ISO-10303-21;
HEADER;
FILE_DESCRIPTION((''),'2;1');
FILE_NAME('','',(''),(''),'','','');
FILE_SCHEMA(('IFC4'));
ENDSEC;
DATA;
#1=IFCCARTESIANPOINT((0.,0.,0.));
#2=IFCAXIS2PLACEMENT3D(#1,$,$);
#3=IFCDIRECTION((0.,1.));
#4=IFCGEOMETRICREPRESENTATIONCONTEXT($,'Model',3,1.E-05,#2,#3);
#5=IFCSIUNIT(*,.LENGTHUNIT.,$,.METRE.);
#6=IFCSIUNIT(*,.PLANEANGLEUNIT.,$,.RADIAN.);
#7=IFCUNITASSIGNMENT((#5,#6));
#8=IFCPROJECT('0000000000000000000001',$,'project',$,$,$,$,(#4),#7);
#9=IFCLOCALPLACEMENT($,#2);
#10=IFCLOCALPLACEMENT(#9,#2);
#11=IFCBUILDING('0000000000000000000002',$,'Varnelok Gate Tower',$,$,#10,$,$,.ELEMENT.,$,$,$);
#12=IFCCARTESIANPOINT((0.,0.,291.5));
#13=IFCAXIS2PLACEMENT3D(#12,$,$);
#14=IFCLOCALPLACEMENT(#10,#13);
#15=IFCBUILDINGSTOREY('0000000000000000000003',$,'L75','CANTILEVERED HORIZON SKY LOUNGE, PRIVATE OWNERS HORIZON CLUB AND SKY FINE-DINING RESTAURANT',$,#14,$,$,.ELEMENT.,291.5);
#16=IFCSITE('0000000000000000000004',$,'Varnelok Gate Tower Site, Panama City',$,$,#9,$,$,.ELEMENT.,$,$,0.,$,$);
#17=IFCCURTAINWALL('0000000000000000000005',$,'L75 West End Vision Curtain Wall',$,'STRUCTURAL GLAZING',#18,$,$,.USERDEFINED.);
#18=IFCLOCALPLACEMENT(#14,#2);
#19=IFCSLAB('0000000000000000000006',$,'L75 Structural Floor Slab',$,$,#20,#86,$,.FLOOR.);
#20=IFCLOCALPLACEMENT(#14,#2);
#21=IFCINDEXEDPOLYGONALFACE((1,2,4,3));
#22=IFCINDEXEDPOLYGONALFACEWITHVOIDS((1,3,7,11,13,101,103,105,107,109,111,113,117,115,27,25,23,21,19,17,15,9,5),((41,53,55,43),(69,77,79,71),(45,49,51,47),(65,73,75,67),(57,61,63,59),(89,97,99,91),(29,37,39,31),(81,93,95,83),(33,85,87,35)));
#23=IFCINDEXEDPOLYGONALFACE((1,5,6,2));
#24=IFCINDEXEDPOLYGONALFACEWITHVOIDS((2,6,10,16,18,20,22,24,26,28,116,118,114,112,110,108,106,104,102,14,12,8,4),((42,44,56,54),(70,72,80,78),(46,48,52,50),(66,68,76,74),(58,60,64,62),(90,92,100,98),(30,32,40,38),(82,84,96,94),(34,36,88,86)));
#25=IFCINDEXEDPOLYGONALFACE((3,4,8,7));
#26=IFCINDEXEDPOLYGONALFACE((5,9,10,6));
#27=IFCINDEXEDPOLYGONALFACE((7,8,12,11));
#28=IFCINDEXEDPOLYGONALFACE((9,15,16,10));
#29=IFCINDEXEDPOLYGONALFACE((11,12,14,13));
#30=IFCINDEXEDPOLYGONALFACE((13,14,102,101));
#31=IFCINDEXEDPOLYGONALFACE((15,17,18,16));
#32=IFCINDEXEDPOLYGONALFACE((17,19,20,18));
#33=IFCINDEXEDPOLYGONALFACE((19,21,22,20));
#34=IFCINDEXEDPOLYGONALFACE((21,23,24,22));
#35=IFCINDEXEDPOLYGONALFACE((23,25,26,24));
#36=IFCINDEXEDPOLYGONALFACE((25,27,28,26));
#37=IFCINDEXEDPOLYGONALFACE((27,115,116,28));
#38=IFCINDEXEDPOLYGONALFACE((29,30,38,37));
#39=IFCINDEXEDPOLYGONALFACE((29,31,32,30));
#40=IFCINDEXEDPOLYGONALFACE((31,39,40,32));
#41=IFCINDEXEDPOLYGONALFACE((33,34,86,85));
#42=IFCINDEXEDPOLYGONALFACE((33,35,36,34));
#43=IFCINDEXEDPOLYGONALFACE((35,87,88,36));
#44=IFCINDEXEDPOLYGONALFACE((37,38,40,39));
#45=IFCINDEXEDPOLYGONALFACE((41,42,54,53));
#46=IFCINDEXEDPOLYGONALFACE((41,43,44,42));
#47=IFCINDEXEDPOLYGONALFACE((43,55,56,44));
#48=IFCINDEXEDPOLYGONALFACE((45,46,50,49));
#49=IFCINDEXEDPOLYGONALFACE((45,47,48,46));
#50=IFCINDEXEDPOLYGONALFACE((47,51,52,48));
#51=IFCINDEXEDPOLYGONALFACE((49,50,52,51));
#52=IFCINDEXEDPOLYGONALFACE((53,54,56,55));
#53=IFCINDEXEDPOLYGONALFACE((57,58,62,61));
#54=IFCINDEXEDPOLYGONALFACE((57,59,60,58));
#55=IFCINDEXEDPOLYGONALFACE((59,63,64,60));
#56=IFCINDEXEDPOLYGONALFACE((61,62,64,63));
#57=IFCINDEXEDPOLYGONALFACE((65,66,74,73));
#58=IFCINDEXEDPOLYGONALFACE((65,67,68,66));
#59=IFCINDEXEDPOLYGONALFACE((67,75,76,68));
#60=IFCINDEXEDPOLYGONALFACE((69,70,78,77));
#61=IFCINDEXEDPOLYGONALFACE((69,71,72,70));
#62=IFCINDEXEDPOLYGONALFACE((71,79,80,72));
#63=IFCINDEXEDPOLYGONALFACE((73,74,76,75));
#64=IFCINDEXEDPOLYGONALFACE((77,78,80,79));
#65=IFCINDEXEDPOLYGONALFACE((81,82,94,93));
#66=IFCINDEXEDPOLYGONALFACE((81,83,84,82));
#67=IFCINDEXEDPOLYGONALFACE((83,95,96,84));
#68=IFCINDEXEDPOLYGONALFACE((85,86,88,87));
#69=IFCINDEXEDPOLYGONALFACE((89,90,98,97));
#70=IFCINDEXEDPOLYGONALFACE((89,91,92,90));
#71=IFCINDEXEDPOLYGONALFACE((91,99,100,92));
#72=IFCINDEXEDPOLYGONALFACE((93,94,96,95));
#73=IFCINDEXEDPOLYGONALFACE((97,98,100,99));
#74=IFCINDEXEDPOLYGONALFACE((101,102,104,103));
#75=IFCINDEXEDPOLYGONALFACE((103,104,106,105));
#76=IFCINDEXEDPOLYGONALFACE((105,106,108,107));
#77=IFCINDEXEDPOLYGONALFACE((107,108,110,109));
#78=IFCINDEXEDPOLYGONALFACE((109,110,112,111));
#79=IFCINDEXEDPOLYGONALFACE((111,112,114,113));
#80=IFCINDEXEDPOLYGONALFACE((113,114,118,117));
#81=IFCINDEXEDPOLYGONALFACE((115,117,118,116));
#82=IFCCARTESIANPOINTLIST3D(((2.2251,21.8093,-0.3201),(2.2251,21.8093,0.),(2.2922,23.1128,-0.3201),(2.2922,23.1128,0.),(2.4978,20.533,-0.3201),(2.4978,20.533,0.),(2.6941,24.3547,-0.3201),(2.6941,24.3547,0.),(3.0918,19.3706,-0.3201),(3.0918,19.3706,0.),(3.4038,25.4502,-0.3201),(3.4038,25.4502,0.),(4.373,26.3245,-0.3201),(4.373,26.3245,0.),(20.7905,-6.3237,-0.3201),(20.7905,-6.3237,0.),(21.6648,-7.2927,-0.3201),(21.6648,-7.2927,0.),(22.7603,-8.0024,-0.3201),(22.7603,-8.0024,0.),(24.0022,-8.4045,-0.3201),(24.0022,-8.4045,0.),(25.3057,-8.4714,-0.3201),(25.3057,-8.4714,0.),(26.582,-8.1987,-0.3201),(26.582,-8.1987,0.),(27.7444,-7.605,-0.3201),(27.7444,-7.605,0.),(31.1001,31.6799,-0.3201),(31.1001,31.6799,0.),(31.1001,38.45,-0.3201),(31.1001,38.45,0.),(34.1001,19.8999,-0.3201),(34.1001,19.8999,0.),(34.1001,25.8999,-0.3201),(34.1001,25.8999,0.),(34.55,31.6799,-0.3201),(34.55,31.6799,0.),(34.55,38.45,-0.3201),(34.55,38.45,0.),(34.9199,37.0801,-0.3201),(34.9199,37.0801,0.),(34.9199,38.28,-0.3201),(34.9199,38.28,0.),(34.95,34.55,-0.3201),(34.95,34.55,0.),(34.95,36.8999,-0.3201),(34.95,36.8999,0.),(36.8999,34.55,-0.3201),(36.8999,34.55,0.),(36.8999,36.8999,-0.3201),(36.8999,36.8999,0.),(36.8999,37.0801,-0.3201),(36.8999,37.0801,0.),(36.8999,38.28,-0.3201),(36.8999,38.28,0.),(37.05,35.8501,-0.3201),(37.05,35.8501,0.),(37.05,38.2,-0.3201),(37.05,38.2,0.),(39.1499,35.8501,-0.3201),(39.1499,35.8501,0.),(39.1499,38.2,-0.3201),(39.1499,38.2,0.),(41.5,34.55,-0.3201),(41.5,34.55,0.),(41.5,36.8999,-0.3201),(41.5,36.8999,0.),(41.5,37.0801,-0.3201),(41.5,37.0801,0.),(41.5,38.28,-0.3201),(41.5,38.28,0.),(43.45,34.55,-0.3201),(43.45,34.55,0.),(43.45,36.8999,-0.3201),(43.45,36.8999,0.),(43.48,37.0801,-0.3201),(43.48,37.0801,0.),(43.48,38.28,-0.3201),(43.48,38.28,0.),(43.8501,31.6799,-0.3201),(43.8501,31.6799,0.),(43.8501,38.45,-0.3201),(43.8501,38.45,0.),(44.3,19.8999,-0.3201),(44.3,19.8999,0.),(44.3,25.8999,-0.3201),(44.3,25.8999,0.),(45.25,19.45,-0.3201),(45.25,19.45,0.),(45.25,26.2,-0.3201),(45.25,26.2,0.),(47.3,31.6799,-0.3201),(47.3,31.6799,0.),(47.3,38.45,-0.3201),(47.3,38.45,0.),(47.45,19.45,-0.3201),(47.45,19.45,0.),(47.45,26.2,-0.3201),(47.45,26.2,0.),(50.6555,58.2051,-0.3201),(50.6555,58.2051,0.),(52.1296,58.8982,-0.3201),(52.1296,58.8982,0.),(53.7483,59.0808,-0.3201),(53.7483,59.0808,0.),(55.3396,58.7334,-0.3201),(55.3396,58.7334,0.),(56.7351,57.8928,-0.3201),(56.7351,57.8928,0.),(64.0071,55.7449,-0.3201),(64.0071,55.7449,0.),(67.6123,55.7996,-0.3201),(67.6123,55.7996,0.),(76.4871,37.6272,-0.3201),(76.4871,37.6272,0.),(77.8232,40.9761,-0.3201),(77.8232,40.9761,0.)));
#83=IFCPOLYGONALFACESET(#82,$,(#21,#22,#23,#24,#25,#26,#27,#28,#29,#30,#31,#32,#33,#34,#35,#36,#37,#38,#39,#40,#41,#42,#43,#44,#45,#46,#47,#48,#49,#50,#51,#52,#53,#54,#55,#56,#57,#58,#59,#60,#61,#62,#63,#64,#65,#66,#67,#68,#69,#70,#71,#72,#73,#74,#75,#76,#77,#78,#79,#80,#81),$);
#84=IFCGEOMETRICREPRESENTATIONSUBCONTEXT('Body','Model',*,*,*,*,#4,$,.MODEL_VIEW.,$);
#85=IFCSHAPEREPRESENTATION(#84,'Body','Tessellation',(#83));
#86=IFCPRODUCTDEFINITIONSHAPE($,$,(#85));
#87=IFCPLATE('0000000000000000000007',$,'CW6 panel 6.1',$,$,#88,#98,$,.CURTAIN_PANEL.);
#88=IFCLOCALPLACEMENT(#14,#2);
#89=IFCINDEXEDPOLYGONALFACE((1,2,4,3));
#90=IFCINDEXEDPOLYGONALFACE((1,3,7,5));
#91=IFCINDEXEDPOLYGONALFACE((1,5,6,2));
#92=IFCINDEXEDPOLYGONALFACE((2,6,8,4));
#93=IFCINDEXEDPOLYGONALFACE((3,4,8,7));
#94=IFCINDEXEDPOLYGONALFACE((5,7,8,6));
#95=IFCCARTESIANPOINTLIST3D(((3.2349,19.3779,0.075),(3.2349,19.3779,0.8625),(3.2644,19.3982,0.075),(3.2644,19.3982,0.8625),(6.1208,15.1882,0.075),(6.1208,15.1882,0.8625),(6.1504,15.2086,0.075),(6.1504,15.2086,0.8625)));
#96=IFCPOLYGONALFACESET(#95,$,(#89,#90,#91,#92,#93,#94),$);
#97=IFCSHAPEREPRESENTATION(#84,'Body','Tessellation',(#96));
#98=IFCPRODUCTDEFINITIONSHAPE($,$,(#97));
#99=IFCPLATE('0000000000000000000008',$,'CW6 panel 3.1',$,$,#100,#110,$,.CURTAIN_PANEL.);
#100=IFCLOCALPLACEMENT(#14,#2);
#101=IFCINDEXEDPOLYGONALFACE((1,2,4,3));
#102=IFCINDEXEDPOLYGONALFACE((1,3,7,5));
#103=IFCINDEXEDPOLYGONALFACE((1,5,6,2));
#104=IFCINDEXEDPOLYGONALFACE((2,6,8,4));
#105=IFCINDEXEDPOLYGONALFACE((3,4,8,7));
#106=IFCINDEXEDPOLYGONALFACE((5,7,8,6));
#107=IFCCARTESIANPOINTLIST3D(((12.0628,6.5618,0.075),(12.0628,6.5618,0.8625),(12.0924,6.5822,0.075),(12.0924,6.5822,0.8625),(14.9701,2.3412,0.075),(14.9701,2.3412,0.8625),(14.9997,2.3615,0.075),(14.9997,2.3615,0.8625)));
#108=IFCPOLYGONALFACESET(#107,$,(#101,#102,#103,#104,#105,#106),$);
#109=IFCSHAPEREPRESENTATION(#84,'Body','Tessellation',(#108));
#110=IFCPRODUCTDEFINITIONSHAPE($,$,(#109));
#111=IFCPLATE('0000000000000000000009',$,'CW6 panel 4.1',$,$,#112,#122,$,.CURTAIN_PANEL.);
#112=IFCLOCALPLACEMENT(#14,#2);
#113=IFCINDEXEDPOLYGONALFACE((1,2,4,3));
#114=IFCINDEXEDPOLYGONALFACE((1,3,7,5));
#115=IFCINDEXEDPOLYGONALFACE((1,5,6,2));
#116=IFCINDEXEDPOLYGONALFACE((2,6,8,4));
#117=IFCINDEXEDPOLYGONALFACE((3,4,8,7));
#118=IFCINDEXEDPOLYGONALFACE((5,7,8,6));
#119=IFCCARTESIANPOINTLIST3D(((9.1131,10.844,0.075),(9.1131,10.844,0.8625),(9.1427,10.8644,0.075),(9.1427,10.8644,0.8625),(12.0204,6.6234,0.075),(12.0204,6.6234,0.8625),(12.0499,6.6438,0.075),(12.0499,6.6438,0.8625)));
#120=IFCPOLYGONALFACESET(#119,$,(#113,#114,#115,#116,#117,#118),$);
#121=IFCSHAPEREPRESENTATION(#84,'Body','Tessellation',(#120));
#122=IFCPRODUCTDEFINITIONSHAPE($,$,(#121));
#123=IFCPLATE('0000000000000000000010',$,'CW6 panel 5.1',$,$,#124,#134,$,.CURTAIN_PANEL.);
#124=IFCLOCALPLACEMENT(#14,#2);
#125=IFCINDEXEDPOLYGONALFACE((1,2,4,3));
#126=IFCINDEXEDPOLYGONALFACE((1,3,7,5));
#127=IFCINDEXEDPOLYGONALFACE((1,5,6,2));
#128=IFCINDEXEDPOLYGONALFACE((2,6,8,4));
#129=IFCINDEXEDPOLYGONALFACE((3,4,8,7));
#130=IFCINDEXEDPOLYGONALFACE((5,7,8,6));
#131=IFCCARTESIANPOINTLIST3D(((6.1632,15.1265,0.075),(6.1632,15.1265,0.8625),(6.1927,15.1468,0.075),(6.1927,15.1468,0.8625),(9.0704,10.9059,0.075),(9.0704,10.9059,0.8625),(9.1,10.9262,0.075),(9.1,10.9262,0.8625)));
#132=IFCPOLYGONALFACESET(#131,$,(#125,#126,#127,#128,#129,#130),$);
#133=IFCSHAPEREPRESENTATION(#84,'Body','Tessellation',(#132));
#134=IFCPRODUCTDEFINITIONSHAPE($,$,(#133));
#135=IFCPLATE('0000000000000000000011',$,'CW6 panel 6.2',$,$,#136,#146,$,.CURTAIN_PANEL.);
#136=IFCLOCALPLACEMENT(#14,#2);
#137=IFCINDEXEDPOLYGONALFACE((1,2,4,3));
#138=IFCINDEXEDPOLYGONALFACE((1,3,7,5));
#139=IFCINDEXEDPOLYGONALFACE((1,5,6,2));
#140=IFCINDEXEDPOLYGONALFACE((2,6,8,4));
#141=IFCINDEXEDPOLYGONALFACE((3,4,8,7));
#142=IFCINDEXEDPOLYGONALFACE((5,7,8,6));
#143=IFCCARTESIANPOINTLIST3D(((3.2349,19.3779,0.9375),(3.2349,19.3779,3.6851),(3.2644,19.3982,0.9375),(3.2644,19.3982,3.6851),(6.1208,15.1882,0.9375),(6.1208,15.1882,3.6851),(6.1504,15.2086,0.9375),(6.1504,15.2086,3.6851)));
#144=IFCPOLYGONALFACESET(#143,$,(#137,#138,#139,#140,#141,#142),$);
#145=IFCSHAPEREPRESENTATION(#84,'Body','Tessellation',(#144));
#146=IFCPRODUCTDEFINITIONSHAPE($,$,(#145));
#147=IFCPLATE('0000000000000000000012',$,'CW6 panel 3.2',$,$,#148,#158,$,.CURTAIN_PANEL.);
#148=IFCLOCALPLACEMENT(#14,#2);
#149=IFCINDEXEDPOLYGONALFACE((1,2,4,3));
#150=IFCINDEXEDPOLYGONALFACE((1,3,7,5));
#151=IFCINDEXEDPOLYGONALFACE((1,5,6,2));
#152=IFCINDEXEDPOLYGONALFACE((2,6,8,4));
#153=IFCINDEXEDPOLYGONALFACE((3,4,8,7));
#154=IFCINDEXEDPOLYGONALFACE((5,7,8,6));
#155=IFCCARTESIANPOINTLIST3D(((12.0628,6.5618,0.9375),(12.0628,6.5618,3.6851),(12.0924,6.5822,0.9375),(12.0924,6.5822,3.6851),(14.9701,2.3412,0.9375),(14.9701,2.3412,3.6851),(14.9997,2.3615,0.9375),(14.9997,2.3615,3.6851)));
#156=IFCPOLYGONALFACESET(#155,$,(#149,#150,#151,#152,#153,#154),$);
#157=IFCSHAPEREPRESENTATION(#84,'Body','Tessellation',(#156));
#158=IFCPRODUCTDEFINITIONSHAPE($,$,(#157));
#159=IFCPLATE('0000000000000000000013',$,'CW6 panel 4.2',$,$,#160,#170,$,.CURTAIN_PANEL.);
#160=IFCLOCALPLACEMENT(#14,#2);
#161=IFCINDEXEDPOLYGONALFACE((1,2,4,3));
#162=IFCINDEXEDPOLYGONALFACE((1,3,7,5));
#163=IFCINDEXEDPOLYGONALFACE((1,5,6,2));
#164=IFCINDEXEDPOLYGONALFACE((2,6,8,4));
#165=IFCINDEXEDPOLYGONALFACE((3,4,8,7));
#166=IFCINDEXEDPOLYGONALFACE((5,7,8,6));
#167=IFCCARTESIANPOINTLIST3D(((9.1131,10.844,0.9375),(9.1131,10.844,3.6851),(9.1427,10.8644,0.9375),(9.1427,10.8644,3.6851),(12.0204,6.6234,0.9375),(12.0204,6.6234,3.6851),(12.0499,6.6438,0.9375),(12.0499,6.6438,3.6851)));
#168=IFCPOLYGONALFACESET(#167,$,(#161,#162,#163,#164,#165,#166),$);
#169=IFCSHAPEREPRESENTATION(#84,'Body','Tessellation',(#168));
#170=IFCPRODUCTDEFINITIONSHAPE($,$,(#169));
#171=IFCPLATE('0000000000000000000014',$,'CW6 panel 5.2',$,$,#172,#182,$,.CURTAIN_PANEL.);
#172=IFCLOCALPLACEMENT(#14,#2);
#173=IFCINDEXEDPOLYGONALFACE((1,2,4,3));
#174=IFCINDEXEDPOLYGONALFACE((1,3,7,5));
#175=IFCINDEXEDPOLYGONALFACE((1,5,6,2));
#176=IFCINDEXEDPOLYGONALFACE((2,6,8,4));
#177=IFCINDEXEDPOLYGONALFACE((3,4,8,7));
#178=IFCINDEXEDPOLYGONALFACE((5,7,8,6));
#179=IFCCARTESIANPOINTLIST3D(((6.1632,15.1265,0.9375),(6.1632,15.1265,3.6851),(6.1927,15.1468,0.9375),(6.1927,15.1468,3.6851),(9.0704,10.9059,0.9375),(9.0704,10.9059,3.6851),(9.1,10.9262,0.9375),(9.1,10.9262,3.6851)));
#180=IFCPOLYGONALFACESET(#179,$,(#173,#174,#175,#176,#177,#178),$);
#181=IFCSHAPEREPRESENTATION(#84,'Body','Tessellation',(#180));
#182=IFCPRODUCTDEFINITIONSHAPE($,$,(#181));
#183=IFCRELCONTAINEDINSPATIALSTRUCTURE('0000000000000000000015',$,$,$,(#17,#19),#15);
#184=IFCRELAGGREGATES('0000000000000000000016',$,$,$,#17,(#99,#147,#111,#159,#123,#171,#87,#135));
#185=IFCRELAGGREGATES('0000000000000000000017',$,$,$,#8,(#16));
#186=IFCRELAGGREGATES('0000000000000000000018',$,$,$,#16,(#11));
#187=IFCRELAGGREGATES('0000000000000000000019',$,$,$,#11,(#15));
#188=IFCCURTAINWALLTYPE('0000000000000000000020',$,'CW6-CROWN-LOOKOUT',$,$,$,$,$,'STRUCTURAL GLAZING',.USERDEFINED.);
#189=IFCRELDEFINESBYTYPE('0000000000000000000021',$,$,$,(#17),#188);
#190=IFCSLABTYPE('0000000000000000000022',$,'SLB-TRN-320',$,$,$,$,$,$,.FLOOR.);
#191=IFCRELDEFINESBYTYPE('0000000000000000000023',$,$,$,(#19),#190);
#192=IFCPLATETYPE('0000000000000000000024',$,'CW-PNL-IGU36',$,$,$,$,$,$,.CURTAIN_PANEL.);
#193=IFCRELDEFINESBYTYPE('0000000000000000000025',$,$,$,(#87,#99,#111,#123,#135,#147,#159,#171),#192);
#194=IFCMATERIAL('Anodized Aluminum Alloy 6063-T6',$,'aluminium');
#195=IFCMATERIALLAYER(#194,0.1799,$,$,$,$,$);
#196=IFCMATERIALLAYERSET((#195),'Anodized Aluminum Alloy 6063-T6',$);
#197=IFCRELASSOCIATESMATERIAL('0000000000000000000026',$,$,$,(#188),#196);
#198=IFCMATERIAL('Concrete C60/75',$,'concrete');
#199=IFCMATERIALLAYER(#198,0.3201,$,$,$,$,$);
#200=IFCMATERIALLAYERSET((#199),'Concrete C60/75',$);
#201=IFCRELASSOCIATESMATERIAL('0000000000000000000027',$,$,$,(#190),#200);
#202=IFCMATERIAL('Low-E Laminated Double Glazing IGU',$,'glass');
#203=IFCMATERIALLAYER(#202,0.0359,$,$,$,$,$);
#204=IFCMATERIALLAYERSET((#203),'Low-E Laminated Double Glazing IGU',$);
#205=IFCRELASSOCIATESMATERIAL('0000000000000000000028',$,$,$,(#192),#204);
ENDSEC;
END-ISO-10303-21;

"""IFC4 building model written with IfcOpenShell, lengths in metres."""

from ifc_helpers import new_model, si_unit, direction, frame, origin, origin_2d, place, context, subcontext, project, spatial, polyline, rectangle, outline, extrude, source, transform, mapped, material, layer, layer_set, type_object, element, aggregate, save


model = new_model("IFC4")

# Units and contexts
model_context = context("Model", 3, precision=1e-05, world=origin(), true_north=direction((0.0, 1.0)))
body_context = subcontext(model_context, "Body", "Model", "MODEL_VIEW")
ifc_project = project(units=[si_unit("LENGTHUNIT", "METRE"), si_unit("PLANEANGLEUNIT", "RADIAN")], contexts=[model_context])

# Site, building, storey
site_placement = place(None, origin())
site = spatial("IfcSite", under=ifc_project, at=site_placement, Name="Varnelok Gate Tower Site, Panama City", CompositionType="ELEMENT", RefElevation=0.0)
building_placement = place(site_placement, origin())
building = spatial("IfcBuilding", under=site, at=building_placement, Name="Varnelok Gate Tower", CompositionType="ELEMENT")
storey_placement = place(building_placement, frame((0.0, 0.0, 291.5)))
storey = spatial("IfcBuildingStorey", under=building, at=storey_placement, Name="L75", Description="CANTILEVERED HORIZON SKY LOUNGE, PRIVATE OWNERS HORIZON CLUB AND SKY FINE-DINING RESTAURANT", CompositionType="ELEMENT", Elevation=291.5)

# Curtain wall
ifc_material_1 = material(Name="Anodized Aluminum Alloy 6063-T6", Category="aluminium")
ifc_layer_1 = layer(ifc_material_1, 0.1799)
ifc_layer_set_1 = layer_set([ifc_layer_1], Name="Anodized Aluminum Alloy 6063-T6")
curtain_wall_type = type_object("IfcCurtainWallType", Name="CW6-CROWN-LOOKOUT", ElementType="STRUCTURAL GLAZING", PredefinedType="USERDEFINED", material=ifc_layer_set_1)
curtain_wall_placement = place(storey_placement, origin())
curtain_wall = element("IfcCurtainWall", 1, at=curtain_wall_placement, inside=storey, type_object=curtain_wall_type, Name="L75 West End Vision Curtain Wall", ObjectType="STRUCTURAL GLAZING", PredefinedType="USERDEFINED")

# Slab
ifc_material_2 = material(Name="Concrete C60/75", Category="concrete")
ifc_layer_2 = layer(ifc_material_2, 0.3201)
ifc_layer_set_2 = layer_set([ifc_layer_2], Name="Concrete C60/75")
slab_type_1 = type_object("IfcSlabType", Name="SLB-TRN-320", PredefinedType="FLOOR", material=ifc_layer_set_2)
slab_1_placement = place(storey_placement, frame((0.0, 0.0, -0.3201)))
element("IfcSlab", 2, at=slab_1_placement, inside=storey, type_object=slab_type_1, Name="L75 Structural Floor Slab", PredefinedType="FLOOR", context=body_context, shape_type="SweptSolid", body=[
    extrude(outline(polyline([(20.7905, -6.3237), (21.6648, -7.2927), (22.7603, -8.0024), (24.0022, -8.4045), (25.3057, -8.4714), (26.582, -8.1987), (27.7444, -7.605), (76.4871, 37.6272), (77.8232, 40.9761), (67.6123, 55.7996), (64.0071, 55.7449), (56.7351, 57.8928), (55.3396, 58.7334), (53.7483, 59.0808), (52.1296, 58.8982), (50.6555, 58.2051), (4.373, 26.3245), (3.4038, 25.4502), (2.6941, 24.3547), (2.2922, 23.1128), (2.2251, 21.8093), (2.4978, 20.533), (3.0918, 19.3706), (20.7905, -6.3237)]), holes=[polyline([(34.55, 31.6799), (34.55, 38.45), (31.1001, 38.45), (31.1001, 31.6799), (34.55, 31.6799)]), polyline([(47.3, 31.6799), (47.3, 38.45), (43.8501, 38.45), (43.8501, 31.6799), (47.3, 31.6799)]), polyline([(34.95, 34.55), (36.8999, 34.55), (36.8999, 36.8999), (34.95, 36.8999), (34.95, 34.55)]), polyline([(41.5, 34.55), (43.45, 34.55), (43.45, 36.8999), (41.5, 36.8999), (41.5, 34.55)]), polyline([(37.05, 35.8501), (39.1499, 35.8501), (39.1499, 38.2), (37.05, 38.2), (37.05, 35.8501)]), polyline([(45.25, 19.45), (47.45, 19.45), (47.45, 26.2), (45.25, 26.2), (45.25, 19.45)]), polyline([(34.9199, 37.0801), (36.8999, 37.0801), (36.8999, 38.28), (34.9199, 38.28), (34.9199, 37.0801)]), polyline([(41.5, 37.0801), (43.48, 37.0801), (43.48, 38.28), (41.5, 38.28), (41.5, 37.0801)]), polyline([(34.1001, 19.8999), (44.3, 19.8999), (44.3, 25.8999), (34.1001, 25.8999), (34.1001, 19.8999)])]), origin(), (0.0, 0.0, 1.0), 0.3201),
])

# Plates
ifc_material_3 = material(Name="Low-E Laminated Double Glazing IGU", Category="glass")
ifc_layer_3 = layer(ifc_material_3, 0.0359)
ifc_layer_set_3 = layer_set([ifc_layer_3], Name="Low-E Laminated Double Glazing IGU")
plate_type = type_object("IfcPlateType", Name="CW-PNL-IGU36", PredefinedType="CURTAIN_PANEL", material=ifc_layer_set_3)
shared_shape_1 = source(origin(), body_context, "Body", "SweptSolid", [
    extrude(rectangle(XDim=5.0874, YDim=0.0359, at=origin_2d()), origin(), (0.0, 0.0, 1.0), 0.7876),
])
plate_1_placement = place(storey_placement, frame((4.6926, 17.2932, 0.075), z_axis=(0.0, 0.0, 1.0), x_axis=(-0.567269, 0.823532, 0.0)))
plate_1 = element("IfcPlate", 3, at=plate_1_placement, type_object=plate_type, Name="CW6 panel 6.1", PredefinedType="CURTAIN_PANEL", context=body_context, shape_type="MappedRepresentation", body=[
    mapped(shared_shape_1, transform((0.0, 0.0, 0.0), scale=1.0)),
])
shared_shape_2 = source(origin(), body_context, "Body", "SweptSolid", [
    extrude(rectangle(XDim=5.125, YDim=0.0359, at=origin_2d()), origin(), (0.0, 0.0, 1.0), 0.7876),
])
plate_2_placement = place(storey_placement, frame((13.5312, 4.4617, 0.075), z_axis=(0.0, 0.0, 1.0), x_axis=(-0.567269, 0.823532, 0.0)))
plate_2 = element("IfcPlate", 4, at=plate_2_placement, type_object=plate_type, Name="CW6 panel 3.1", PredefinedType="CURTAIN_PANEL", context=body_context, shape_type="MappedRepresentation", body=[
    mapped(shared_shape_2, transform((0.0, 0.0, 0.0), scale=1.0)),
])
plate_3_placement = place(storey_placement, frame((10.5815, 8.7439, 0.075), z_axis=(0.0, 0.0, 1.0), x_axis=(-0.567269, 0.823532, 0.0)))
plate_3 = element("IfcPlate", 5, at=plate_3_placement, type_object=plate_type, Name="CW6 panel 4.1", PredefinedType="CURTAIN_PANEL", context=body_context, shape_type="MappedRepresentation", body=[
    mapped(shared_shape_2, transform((0.0, 0.0, 0.0), scale=1.0)),
])
plate_4_placement = place(storey_placement, frame((7.6316, 13.0264, 0.075), z_axis=(0.0, 0.0, 1.0), x_axis=(-0.567269, 0.823532, 0.0)))
plate_4 = element("IfcPlate", 6, at=plate_4_placement, type_object=plate_type, Name="CW6 panel 5.1", PredefinedType="CURTAIN_PANEL", context=body_context, shape_type="MappedRepresentation", body=[
    mapped(shared_shape_2, transform((0.0, 0.0, 0.0), scale=1.0)),
])
shared_shape_3 = source(origin(), body_context, "Body", "SweptSolid", [
    extrude(rectangle(XDim=5.0874, YDim=0.0359, at=origin_2d()), origin(), (0.0, 0.0, 1.0), 2.7476),
])
plate_5_placement = place(storey_placement, frame((4.6926, 17.2932, 0.9375), z_axis=(0.0, 0.0, 1.0), x_axis=(-0.567269, 0.823532, 0.0)))
plate_5 = element("IfcPlate", 7, at=plate_5_placement, type_object=plate_type, Name="CW6 panel 6.2", PredefinedType="CURTAIN_PANEL", context=body_context, shape_type="MappedRepresentation", body=[
    mapped(shared_shape_3, transform((0.0, 0.0, 0.0), scale=1.0)),
])
shared_shape_4 = source(origin(), body_context, "Body", "SweptSolid", [
    extrude(rectangle(XDim=5.125, YDim=0.0359, at=origin_2d()), origin(), (0.0, 0.0, 1.0), 2.7476),
])
plate_6_placement = place(storey_placement, frame((13.5312, 4.4617, 0.9375), z_axis=(0.0, 0.0, 1.0), x_axis=(-0.567269, 0.823532, 0.0)))
plate_6 = element("IfcPlate", 8, at=plate_6_placement, type_object=plate_type, Name="CW6 panel 3.2", PredefinedType="CURTAIN_PANEL", context=body_context, shape_type="MappedRepresentation", body=[
    mapped(shared_shape_4, transform((0.0, 0.0, 0.0), scale=1.0)),
])
plate_7_placement = place(storey_placement, frame((10.5815, 8.7439, 0.9375), z_axis=(0.0, 0.0, 1.0), x_axis=(-0.567269, 0.823532, 0.0)))
plate_7 = element("IfcPlate", 9, at=plate_7_placement, type_object=plate_type, Name="CW6 panel 4.2", PredefinedType="CURTAIN_PANEL", context=body_context, shape_type="MappedRepresentation", body=[
    mapped(shared_shape_4, transform((0.0, 0.0, 0.0), scale=1.0)),
])
plate_8_placement = place(storey_placement, frame((7.6316, 13.0264, 0.9375), z_axis=(0.0, 0.0, 1.0), x_axis=(-0.567269, 0.823532, 0.0)))
plate_8 = element("IfcPlate", 10, at=plate_8_placement, type_object=plate_type, Name="CW6 panel 5.2", PredefinedType="CURTAIN_PANEL", context=body_context, shape_type="MappedRepresentation", body=[
    mapped(shared_shape_4, transform((0.0, 0.0, 0.0), scale=1.0)),
])
aggregate(curtain_wall, [plate_2, plate_6, plate_3, plate_7, plate_4, plate_8, plate_1, plate_5])

save(model, "model.ifc")
